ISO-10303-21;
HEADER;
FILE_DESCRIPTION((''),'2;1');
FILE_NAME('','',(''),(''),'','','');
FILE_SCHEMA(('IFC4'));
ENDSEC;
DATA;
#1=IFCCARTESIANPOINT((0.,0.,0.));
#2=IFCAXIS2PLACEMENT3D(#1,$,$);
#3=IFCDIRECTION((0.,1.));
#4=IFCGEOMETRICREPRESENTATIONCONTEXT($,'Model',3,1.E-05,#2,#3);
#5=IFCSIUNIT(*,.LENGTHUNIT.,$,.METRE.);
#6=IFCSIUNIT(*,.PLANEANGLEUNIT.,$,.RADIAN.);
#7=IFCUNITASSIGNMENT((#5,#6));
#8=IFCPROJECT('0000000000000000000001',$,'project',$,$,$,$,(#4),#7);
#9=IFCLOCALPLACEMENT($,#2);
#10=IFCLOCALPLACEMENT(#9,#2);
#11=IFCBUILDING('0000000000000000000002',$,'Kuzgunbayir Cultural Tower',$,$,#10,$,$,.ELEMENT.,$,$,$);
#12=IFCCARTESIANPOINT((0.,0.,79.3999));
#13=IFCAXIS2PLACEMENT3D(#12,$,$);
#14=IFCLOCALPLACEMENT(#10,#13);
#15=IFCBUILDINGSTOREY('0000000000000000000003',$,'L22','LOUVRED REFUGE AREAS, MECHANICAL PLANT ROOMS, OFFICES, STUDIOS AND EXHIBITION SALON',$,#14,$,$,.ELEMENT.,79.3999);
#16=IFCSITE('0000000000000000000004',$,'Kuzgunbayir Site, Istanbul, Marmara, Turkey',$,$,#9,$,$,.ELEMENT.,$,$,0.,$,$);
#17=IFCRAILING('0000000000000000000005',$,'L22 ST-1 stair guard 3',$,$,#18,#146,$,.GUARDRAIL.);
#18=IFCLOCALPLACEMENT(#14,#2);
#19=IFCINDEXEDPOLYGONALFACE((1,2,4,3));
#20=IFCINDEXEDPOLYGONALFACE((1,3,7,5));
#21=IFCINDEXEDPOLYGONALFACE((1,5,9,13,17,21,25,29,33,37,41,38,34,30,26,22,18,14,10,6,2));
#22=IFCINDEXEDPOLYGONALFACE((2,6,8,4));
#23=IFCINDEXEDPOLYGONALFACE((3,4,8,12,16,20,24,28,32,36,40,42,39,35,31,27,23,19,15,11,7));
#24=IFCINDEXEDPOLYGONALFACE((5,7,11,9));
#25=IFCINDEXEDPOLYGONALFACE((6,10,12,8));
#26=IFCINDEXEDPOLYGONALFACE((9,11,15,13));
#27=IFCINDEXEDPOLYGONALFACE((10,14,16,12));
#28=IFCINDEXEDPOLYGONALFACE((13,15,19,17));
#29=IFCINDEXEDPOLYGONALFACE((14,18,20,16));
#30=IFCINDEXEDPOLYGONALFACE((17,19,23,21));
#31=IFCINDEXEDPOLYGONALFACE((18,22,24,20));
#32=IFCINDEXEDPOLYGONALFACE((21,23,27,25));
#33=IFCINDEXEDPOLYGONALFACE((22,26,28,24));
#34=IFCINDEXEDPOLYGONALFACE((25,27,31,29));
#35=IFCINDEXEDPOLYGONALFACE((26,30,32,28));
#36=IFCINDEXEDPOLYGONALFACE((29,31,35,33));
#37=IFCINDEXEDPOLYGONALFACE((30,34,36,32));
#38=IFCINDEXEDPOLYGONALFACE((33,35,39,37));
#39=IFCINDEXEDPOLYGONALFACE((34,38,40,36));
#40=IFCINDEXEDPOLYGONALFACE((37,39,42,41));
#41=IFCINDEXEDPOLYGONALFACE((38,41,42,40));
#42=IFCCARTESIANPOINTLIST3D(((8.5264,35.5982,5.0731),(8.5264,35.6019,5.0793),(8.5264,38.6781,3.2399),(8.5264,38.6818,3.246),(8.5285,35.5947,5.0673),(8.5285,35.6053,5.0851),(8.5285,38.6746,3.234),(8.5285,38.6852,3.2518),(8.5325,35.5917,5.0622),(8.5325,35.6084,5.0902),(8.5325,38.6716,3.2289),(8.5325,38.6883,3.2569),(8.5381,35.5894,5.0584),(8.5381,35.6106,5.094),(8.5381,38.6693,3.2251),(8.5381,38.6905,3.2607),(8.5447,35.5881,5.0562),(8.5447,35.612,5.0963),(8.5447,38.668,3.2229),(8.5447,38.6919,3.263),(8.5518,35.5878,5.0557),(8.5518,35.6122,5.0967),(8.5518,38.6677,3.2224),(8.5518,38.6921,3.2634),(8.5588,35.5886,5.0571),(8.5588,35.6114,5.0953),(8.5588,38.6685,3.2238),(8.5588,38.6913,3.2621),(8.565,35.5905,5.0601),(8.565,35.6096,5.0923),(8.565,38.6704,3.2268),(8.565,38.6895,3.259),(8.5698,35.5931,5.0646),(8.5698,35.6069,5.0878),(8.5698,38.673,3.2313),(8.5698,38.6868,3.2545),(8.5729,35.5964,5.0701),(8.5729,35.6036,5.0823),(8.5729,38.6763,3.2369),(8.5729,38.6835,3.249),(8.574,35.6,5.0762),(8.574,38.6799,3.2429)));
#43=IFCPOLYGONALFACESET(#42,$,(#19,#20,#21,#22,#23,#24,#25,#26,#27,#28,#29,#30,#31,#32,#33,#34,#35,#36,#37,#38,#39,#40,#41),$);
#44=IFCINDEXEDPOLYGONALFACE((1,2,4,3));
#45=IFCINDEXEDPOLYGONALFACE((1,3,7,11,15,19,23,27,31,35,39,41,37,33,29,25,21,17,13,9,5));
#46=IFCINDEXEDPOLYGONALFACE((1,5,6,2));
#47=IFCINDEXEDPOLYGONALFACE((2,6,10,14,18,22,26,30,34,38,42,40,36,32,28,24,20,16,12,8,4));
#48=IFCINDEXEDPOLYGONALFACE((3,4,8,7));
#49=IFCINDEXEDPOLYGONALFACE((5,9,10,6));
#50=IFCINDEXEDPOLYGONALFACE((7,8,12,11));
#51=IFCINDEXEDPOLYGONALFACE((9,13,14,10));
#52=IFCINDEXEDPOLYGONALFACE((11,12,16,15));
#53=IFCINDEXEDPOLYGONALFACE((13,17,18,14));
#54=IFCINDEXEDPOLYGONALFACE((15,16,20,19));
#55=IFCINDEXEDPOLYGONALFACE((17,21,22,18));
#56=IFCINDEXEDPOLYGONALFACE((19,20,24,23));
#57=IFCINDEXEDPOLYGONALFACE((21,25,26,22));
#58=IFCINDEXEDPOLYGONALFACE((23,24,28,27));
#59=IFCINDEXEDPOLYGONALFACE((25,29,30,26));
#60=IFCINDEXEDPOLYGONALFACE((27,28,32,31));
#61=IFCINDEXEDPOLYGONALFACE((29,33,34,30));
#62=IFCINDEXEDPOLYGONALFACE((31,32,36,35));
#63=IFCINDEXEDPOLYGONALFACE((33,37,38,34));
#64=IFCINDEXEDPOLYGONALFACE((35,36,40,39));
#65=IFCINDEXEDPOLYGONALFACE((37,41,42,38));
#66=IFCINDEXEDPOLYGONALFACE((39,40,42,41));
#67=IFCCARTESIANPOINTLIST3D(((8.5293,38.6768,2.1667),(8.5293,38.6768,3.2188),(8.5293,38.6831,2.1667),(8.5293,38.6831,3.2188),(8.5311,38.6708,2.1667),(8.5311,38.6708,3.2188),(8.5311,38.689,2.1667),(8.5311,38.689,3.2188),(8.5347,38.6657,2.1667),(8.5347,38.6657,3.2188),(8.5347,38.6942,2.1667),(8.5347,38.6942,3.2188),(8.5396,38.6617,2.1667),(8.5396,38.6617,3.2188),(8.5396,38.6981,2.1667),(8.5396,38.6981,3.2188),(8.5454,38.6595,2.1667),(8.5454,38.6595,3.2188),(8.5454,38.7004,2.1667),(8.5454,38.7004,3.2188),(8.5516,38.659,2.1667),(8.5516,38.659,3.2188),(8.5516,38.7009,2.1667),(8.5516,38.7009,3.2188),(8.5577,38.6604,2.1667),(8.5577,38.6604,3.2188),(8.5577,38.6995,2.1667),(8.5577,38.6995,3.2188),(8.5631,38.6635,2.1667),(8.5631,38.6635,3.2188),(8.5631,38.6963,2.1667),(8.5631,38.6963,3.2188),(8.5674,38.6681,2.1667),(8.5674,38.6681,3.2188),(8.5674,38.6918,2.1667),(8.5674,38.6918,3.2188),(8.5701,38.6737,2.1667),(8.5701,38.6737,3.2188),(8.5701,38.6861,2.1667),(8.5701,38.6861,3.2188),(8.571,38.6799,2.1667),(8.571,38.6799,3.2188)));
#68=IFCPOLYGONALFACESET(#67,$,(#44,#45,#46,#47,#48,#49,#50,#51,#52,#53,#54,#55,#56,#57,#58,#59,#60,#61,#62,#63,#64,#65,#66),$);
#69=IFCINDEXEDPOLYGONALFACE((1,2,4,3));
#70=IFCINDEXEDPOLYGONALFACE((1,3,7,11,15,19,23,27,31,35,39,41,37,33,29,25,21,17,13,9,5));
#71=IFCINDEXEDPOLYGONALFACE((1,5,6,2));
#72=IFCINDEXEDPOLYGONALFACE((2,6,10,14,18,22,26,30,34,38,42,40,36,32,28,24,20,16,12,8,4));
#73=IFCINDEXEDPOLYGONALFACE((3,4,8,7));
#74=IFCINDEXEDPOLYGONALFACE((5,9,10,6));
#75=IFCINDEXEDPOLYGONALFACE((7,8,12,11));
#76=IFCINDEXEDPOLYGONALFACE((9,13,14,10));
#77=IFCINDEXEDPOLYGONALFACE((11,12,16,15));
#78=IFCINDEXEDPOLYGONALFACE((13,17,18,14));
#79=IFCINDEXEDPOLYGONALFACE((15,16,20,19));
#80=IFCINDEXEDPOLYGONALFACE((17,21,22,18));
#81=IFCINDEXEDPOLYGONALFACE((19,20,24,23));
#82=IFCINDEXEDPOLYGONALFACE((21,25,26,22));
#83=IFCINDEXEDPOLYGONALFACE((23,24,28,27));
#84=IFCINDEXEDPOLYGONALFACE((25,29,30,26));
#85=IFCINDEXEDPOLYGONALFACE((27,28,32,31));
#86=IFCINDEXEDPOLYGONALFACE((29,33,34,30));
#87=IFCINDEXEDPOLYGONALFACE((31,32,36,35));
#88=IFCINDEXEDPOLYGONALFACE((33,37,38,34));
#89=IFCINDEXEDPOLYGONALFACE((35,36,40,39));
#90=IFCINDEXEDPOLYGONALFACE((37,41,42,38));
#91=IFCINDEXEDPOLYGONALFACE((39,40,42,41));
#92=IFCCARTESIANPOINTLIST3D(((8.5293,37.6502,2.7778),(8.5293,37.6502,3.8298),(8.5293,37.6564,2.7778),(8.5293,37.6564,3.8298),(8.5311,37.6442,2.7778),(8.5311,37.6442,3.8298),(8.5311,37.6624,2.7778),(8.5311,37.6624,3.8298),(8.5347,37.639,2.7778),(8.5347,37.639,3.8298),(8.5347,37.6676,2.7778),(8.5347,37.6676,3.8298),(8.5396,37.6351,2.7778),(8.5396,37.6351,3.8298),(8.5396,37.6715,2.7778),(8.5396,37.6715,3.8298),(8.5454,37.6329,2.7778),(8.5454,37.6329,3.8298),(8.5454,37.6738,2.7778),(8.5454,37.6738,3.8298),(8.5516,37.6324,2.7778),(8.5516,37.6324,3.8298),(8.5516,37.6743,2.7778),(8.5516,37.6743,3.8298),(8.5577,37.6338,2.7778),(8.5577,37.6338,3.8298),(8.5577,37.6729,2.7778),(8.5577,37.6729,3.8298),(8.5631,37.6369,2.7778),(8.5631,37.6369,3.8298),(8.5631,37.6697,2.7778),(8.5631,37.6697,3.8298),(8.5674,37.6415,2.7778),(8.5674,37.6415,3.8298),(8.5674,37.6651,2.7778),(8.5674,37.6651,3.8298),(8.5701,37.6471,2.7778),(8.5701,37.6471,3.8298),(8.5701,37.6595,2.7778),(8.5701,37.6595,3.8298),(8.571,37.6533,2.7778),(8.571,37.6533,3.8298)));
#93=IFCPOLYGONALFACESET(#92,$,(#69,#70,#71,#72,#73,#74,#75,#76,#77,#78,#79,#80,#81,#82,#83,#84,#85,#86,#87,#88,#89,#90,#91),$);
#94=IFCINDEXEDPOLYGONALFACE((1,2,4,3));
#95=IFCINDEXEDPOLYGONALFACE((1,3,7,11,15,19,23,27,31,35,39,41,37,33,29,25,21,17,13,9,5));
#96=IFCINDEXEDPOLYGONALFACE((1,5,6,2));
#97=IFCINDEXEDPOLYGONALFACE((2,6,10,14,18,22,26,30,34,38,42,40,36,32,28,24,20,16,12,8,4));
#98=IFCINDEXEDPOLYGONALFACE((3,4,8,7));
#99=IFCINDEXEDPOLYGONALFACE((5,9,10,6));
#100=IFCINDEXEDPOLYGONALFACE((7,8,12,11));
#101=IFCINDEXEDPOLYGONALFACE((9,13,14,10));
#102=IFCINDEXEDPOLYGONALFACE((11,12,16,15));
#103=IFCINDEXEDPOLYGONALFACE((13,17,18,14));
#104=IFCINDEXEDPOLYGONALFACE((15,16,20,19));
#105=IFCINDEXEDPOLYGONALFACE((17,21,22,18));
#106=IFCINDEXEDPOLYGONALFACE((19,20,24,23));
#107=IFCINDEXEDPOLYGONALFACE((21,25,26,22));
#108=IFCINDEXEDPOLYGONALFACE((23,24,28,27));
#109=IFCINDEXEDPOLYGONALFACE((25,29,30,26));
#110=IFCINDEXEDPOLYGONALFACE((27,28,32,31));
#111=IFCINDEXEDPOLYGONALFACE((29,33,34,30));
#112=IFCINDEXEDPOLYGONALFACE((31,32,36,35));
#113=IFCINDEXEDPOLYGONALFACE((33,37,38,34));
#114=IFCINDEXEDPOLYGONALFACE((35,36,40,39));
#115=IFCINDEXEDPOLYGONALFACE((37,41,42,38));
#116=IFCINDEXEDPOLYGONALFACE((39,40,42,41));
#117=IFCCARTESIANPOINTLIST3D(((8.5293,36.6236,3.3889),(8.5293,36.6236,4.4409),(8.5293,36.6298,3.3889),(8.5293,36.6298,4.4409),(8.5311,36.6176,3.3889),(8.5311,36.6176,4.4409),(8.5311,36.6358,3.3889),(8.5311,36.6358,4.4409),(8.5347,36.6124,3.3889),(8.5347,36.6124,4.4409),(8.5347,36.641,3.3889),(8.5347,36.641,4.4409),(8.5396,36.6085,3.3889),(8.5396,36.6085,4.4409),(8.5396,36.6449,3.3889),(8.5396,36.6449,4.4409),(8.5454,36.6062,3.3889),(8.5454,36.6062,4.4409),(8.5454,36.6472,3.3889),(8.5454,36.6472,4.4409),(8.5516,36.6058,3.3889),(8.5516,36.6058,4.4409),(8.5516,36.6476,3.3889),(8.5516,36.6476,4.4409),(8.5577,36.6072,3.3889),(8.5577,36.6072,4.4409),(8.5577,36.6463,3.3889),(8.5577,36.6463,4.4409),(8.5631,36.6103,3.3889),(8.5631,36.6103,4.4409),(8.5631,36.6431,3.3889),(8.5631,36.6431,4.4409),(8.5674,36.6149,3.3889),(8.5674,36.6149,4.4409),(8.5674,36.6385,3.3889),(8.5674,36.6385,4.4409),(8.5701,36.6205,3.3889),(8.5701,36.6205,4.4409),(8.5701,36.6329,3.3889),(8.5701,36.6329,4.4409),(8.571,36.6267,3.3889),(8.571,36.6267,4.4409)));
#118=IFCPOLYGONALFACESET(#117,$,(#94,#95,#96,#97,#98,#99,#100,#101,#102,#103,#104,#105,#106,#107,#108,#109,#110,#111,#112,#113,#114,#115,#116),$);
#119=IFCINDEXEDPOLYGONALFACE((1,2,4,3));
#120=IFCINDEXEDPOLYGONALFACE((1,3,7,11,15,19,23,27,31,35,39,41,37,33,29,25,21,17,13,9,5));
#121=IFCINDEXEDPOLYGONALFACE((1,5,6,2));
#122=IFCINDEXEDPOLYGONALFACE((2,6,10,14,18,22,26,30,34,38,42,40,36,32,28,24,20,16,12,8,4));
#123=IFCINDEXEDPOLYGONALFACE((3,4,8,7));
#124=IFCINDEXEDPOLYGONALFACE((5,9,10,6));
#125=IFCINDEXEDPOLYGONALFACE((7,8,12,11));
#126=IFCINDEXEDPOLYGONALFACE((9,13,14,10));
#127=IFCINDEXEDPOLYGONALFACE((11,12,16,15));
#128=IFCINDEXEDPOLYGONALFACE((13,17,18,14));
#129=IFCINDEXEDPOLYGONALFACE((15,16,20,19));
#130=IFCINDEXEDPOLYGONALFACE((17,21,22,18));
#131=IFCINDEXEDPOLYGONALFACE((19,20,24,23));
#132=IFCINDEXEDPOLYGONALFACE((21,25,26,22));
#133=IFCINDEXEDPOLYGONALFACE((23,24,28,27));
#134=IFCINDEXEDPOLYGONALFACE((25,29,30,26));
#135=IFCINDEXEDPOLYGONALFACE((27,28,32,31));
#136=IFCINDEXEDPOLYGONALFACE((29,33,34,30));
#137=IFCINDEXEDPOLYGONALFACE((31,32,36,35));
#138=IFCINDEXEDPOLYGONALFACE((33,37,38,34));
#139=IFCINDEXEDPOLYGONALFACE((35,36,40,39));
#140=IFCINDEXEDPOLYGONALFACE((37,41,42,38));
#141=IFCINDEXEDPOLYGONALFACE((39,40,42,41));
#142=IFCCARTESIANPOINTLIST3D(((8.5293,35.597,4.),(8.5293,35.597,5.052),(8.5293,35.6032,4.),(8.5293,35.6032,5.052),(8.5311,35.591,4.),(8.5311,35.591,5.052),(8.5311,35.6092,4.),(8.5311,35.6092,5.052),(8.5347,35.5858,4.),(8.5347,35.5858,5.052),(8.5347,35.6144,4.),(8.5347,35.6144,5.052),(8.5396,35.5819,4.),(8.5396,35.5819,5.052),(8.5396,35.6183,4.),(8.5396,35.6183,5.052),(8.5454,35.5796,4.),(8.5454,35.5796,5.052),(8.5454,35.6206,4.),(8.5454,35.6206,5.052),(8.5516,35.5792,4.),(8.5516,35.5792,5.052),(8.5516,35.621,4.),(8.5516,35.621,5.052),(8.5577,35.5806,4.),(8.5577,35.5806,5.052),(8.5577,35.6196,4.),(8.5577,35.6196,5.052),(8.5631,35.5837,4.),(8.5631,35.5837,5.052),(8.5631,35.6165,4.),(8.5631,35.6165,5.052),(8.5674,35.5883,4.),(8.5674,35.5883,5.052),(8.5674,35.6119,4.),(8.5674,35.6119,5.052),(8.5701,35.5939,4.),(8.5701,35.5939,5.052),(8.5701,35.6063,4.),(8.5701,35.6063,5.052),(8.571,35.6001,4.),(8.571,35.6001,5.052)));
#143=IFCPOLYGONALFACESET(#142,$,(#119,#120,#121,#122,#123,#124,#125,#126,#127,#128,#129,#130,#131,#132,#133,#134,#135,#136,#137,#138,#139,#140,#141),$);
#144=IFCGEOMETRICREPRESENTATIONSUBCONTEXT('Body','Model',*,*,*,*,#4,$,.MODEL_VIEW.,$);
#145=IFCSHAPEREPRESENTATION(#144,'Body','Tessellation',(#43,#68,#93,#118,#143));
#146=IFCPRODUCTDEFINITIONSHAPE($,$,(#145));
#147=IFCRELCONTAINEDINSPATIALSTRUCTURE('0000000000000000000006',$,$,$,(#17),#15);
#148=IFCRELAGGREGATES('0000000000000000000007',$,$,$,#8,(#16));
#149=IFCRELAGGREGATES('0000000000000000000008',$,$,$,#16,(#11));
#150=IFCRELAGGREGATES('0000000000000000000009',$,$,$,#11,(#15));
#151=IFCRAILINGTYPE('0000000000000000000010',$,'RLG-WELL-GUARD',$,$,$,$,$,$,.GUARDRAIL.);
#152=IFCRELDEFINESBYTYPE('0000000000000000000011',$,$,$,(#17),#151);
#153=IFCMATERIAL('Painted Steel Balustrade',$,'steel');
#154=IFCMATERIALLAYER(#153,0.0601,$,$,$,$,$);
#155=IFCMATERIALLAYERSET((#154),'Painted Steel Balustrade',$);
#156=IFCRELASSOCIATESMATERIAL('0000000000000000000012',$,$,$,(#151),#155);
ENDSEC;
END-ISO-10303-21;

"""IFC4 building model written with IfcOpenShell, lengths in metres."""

from ifc_helpers import new_model, si_unit, direction, frame, origin, origin_2d, place, context, subcontext, project, spatial, circle, extrude, material, layer, layer_set, type_object, element, save


model = new_model("IFC4")

# Units and contexts
model_context = context("Model", 3, precision=1e-05, world=origin(), true_north=direction((0.0, 1.0)))
body_context = subcontext(model_context, "Body", "Model", "MODEL_VIEW")
ifc_project = project(units=[si_unit("LENGTHUNIT", "METRE"), si_unit("PLANEANGLEUNIT", "RADIAN")], contexts=[model_context])

# Site, building, storey
site_placement = place(None, origin())
site = spatial("IfcSite", under=ifc_project, at=site_placement, Name="Kuzgunbayir Site, Istanbul, Marmara, Turkey", CompositionType="ELEMENT", RefElevation=0.0)
building_placement = place(site_placement, origin())
building = spatial("IfcBuilding", under=site, at=building_placement, Name="Kuzgunbayir Cultural Tower", CompositionType="ELEMENT")
storey_placement = place(building_placement, frame((0.0, 0.0, 79.3999)))
storey = spatial("IfcBuildingStorey", under=building, at=storey_placement, Name="L22", Description="LOUVRED REFUGE AREAS, MECHANICAL PLANT ROOMS, OFFICES, STUDIOS AND EXHIBITION SALON", CompositionType="ELEMENT", Elevation=79.3999)

# Railing
ifc_material_1 = material(Name="Painted Steel Balustrade", Category="steel")
ifc_layer_1 = layer(ifc_material_1, 0.0601)
ifc_layer_set_1 = layer_set([ifc_layer_1], Name="Painted Steel Balustrade")
railing_type_1 = type_object("IfcRailingType", Name="RLG-WELL-GUARD", PredefinedType="GUARDRAIL", material=ifc_layer_set_1)
railing_1_placement = place(storey_placement, frame((8.55, 38.6799, 2.1667)))
element("IfcRailing", 1, at=railing_1_placement, inside=storey, type_object=railing_type_1, Name="L22 ST-1 stair guard 3", PredefinedType="GUARDRAIL", context=body_context, shape_type="SweptSolid", body=[
    extrude(circle(Radius=0.0239, at=origin_2d()), frame((0.0, 0.0, 1.0762), z_axis=(0.0, -0.859291, 0.511487), x_axis=(1.0, 0.0, 0.0)), (0.0, 0.0, 1.0), 3.5842),
    extrude(circle(Radius=0.021, at=origin_2d()), origin(), (0.0, 0.0, 1.0), 1.052),
    extrude(circle(Radius=0.021, at=origin_2d()), frame((0.0, -1.0266, 0.6111)), (0.0, 0.0, 1.0), 1.052),
    extrude(circle(Radius=0.021, at=origin_2d()), frame((0.0, -2.0532, 1.2222)), (0.0, 0.0, 1.0), 1.052),
    extrude(circle(Radius=0.021, at=origin_2d()), frame((0.0, -3.0798, 1.8333)), (0.0, 0.0, 1.0), 1.052),
])

save(model, "model.ifc")
